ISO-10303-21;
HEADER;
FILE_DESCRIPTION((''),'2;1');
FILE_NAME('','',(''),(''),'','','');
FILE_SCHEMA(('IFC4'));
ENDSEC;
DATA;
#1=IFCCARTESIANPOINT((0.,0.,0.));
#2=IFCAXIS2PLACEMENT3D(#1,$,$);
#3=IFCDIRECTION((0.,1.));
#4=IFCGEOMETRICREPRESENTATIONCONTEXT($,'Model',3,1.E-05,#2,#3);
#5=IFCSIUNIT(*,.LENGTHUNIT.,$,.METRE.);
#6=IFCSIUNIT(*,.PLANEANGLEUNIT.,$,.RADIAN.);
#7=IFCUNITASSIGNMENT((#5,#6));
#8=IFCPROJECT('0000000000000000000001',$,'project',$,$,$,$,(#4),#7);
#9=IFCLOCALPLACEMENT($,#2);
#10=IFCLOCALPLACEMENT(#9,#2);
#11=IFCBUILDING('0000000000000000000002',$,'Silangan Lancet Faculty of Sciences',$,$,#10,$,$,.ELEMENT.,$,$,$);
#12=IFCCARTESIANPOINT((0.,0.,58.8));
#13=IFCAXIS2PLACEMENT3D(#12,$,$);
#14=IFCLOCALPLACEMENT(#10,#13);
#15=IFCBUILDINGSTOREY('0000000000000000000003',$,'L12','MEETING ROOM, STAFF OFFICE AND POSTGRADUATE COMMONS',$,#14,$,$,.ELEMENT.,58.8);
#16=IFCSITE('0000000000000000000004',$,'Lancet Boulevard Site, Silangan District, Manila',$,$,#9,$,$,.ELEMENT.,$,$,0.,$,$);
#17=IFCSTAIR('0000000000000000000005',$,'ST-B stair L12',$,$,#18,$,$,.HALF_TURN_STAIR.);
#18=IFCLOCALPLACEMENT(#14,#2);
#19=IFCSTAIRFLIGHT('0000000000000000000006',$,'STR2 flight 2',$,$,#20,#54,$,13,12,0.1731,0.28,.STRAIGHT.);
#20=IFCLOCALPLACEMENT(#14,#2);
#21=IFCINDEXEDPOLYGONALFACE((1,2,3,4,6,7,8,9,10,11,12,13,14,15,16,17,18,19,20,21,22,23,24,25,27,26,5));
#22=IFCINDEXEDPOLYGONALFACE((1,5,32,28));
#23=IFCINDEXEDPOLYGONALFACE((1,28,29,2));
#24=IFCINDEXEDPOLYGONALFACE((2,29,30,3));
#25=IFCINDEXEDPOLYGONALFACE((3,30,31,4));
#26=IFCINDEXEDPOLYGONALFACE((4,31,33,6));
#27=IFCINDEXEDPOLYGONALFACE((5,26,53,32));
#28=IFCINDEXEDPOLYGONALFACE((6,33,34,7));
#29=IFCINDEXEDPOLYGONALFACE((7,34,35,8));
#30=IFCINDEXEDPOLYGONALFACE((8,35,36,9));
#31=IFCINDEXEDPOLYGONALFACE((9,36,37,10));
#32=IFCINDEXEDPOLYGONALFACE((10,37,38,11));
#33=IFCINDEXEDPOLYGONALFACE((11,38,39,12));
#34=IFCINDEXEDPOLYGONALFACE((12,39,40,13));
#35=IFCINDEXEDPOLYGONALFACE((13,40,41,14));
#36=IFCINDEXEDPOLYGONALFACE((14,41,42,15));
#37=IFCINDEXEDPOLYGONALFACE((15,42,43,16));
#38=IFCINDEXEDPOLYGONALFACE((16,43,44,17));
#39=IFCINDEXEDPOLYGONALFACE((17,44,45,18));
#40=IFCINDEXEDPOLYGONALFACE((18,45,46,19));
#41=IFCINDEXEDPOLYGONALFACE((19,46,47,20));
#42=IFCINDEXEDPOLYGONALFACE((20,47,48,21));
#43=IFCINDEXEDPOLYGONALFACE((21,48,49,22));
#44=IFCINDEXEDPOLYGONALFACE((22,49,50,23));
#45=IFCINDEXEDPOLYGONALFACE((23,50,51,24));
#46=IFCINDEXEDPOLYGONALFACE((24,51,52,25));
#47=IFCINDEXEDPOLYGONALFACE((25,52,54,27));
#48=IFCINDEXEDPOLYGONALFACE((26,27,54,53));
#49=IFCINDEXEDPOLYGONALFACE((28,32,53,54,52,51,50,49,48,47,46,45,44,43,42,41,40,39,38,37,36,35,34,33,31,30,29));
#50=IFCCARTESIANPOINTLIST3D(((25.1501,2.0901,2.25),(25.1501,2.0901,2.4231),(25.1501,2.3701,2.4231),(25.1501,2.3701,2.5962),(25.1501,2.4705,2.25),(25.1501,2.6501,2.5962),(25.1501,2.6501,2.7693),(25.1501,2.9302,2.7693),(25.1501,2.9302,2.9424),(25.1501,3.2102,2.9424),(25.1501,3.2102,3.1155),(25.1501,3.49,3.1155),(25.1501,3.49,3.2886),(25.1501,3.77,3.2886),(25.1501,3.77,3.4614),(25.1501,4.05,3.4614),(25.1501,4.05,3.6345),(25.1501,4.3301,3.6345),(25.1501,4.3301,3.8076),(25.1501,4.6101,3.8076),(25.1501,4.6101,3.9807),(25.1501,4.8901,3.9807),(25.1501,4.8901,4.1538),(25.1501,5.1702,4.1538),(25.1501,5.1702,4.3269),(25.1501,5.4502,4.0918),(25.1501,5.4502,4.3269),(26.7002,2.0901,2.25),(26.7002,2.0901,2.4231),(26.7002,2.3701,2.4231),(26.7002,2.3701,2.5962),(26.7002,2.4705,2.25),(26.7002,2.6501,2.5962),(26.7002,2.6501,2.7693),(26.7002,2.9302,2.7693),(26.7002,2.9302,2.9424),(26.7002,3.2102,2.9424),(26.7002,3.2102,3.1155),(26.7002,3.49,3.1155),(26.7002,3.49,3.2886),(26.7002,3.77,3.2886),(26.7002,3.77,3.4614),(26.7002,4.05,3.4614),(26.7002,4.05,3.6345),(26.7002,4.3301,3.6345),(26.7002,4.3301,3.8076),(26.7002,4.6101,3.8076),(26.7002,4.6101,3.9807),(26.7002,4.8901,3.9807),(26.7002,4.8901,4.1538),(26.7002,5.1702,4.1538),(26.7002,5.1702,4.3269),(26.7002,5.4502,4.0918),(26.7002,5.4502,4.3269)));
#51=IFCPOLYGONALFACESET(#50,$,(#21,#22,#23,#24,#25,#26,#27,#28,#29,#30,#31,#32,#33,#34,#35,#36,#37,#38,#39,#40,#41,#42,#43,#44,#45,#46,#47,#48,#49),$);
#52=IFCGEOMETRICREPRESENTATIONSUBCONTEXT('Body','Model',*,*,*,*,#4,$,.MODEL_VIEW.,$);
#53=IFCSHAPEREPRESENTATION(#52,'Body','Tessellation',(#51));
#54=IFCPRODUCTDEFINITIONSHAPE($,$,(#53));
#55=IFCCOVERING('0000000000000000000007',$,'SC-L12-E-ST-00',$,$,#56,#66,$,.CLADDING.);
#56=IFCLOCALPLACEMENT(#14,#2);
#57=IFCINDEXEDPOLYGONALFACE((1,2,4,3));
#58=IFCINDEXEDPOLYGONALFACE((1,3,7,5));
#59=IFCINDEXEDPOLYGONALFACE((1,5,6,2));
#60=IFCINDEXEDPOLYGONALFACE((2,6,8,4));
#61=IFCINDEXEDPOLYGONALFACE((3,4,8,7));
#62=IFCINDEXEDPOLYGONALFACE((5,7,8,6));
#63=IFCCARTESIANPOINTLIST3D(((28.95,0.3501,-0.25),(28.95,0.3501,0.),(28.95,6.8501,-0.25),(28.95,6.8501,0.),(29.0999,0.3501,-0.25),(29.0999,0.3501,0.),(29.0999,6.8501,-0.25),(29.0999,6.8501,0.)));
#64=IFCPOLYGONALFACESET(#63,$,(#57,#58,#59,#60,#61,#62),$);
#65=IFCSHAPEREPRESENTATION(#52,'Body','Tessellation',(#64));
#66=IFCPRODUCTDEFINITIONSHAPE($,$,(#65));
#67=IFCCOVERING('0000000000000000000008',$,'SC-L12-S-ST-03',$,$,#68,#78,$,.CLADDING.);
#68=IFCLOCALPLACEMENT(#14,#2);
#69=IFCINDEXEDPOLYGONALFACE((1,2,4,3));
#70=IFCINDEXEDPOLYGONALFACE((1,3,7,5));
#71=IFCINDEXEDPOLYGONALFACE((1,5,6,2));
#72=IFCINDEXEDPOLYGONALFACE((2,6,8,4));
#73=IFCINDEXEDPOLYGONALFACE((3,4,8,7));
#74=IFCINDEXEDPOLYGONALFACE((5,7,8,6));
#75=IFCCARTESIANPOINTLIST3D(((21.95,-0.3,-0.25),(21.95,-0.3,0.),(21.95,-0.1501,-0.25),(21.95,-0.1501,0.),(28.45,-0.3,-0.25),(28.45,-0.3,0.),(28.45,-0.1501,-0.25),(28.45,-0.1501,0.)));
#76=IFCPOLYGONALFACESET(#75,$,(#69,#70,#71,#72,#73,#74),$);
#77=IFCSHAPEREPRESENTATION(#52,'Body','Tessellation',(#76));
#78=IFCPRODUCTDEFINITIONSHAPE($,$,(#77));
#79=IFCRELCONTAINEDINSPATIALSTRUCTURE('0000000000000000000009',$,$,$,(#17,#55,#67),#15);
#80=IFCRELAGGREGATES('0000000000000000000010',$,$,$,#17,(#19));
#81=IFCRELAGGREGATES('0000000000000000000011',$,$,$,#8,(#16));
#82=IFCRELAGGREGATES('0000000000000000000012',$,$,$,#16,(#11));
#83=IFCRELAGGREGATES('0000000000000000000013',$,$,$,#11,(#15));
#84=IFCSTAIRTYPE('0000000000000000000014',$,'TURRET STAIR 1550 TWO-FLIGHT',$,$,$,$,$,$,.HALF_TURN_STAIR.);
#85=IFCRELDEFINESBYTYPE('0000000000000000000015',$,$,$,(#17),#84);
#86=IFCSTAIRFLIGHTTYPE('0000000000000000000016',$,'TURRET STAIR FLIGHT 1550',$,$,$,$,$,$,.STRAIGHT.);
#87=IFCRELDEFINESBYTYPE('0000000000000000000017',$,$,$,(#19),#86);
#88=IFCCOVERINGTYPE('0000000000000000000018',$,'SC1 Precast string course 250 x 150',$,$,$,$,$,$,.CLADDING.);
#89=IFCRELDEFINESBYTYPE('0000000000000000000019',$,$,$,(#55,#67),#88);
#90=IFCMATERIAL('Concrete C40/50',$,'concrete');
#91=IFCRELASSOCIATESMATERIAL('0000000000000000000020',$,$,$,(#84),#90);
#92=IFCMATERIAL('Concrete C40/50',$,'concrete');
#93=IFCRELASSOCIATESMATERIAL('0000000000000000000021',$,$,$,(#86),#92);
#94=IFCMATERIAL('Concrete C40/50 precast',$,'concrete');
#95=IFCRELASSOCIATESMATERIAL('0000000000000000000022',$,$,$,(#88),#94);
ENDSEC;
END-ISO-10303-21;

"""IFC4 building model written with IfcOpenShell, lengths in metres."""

from ifc_helpers import new_model, si_unit, direction, frame, origin, origin_2d, place, context, subcontext, project, spatial, polyline, rectangle, outline, extrude, material, type_object, element, aggregate, save


model = new_model("IFC4")

# Units and contexts
model_context = context("Model", 3, precision=1e-05, world=origin(), true_north=direction((0.0, 1.0)))
body_context = subcontext(model_context, "Body", "Model", "MODEL_VIEW")
ifc_project = project(units=[si_unit("LENGTHUNIT", "METRE"), si_unit("PLANEANGLEUNIT", "RADIAN")], contexts=[model_context])

# Site, building, storey
site_placement = place(None, origin())
site = spatial("IfcSite", under=ifc_project, at=site_placement, Name="Lancet Boulevard Site, Silangan District, Manila", CompositionType="ELEMENT", RefElevation=0.0)
building_placement = place(site_placement, origin())
building = spatial("IfcBuilding", under=site, at=building_placement, Name="Silangan Lancet Faculty of Sciences", CompositionType="ELEMENT")
storey_placement = place(building_placement, frame((0.0, 0.0, 58.8)))
storey = spatial("IfcBuildingStorey", under=building, at=storey_placement, Name="L12", Description="MEETING ROOM, STAFF OFFICE AND POSTGRADUATE COMMONS", CompositionType="ELEMENT", Elevation=58.8)

# Stair, stair flight
ifc_material_1 = material(Name="Concrete C40/50", Category="concrete")
stair_type = type_object("IfcStairType", Name="TURRET STAIR 1550 TWO-FLIGHT", PredefinedType="HALF_TURN_STAIR", material=ifc_material_1)
stair_placement = place(storey_placement, origin())
stair = element("IfcStair", 1, at=stair_placement, inside=storey, type_object=stair_type, Name="ST-B stair L12", PredefinedType="HALF_TURN_STAIR")
ifc_material_2 = material(Name="Concrete C40/50", Category="concrete")
stair_flight_type = type_object("IfcStairFlightType", Name="TURRET STAIR FLIGHT 1550", PredefinedType="STRAIGHT", material=ifc_material_2)
stair_flight_1_placement = place(storey_placement, frame((25.925, 2.0901, 2.25), z_axis=(0.0, 0.0, 1.0), x_axis=(0.0, 1.0, 0.0)))
stair_flight_1 = element("IfcStairFlight", 2, at=stair_flight_1_placement, type_object=stair_flight_type, Name="STR2 flight 2", NumberOfRisers=13, NumberOfTreads=12, PredefinedType="STRAIGHT", RiserHeight=0.1731, TreadLength=0.28, context=body_context, shape_type="SweptSolid", body=[
    extrude(outline(polyline([(0.0, 0.0), (0.0, 0.1731), (0.28, 0.1731), (0.28, 0.3462), (0.5601, 0.3462), (0.5601, 0.5193), (0.8401, 0.5193), (0.8401, 0.6924), (1.1201, 0.6924), (1.1201, 0.8655), (1.3999, 0.8655), (1.3999, 1.0386), (1.6799, 1.0386), (1.6799, 1.2114), (1.96, 1.2114), (1.96, 1.3845), (2.24, 1.3845), (2.24, 1.5576), (2.52, 1.5576), (2.52, 1.7307), (2.8, 1.7307), (2.8, 1.9038), (3.0801, 1.9038), (3.0801, 2.0769), (3.3601, 2.0769), (3.3601, 2.25), (3.3601, 1.8418), (0.3804, 0.0), (0.0, 0.0)])), frame((0.0, 0.7749, 0.0), z_axis=(0.0, -1.0, 0.0), x_axis=(1.0, 0.0, 0.0)), (0.0, 0.0, 1.0), 1.55),
])
aggregate(stair, [stair_flight_1])

# Coverings
ifc_material_3 = material(Name="Concrete C40/50 precast", Category="concrete")
covering_type = type_object("IfcCoveringType", Name="SC1 Precast string course 250 x 150", PredefinedType="CLADDING", material=ifc_material_3)
covering_1_placement = place(storey_placement, frame((29.0249, 3.6001, -0.25), z_axis=(0.0, 0.0, 1.0), x_axis=(1.0, 0.0, 0.0)))
element("IfcCovering", 3, at=covering_1_placement, inside=storey, type_object=covering_type, Name="SC-L12-E-ST-00", PredefinedType="CLADDING", context=body_context, shape_type="SweptSolid", body=[
    extrude(rectangle(XDim=0.1499, YDim=6.5, at=origin_2d()), origin(), (0.0, 0.0, 1.0), 0.25),
])
covering_2_placement = place(storey_placement, frame((25.2, -0.2251, -0.25), z_axis=(0.0, 0.0, 1.0), x_axis=(1.0, 0.0, 0.0)))
element("IfcCovering", 4, at=covering_2_placement, inside=storey, type_object=covering_type, Name="SC-L12-S-ST-03", PredefinedType="CLADDING", context=body_context, shape_type="SweptSolid", body=[
    extrude(rectangle(XDim=6.5, YDim=0.1499, at=origin_2d()), origin(), (0.0, 0.0, 1.0), 0.25),
])

save(model, "model.ifc")
